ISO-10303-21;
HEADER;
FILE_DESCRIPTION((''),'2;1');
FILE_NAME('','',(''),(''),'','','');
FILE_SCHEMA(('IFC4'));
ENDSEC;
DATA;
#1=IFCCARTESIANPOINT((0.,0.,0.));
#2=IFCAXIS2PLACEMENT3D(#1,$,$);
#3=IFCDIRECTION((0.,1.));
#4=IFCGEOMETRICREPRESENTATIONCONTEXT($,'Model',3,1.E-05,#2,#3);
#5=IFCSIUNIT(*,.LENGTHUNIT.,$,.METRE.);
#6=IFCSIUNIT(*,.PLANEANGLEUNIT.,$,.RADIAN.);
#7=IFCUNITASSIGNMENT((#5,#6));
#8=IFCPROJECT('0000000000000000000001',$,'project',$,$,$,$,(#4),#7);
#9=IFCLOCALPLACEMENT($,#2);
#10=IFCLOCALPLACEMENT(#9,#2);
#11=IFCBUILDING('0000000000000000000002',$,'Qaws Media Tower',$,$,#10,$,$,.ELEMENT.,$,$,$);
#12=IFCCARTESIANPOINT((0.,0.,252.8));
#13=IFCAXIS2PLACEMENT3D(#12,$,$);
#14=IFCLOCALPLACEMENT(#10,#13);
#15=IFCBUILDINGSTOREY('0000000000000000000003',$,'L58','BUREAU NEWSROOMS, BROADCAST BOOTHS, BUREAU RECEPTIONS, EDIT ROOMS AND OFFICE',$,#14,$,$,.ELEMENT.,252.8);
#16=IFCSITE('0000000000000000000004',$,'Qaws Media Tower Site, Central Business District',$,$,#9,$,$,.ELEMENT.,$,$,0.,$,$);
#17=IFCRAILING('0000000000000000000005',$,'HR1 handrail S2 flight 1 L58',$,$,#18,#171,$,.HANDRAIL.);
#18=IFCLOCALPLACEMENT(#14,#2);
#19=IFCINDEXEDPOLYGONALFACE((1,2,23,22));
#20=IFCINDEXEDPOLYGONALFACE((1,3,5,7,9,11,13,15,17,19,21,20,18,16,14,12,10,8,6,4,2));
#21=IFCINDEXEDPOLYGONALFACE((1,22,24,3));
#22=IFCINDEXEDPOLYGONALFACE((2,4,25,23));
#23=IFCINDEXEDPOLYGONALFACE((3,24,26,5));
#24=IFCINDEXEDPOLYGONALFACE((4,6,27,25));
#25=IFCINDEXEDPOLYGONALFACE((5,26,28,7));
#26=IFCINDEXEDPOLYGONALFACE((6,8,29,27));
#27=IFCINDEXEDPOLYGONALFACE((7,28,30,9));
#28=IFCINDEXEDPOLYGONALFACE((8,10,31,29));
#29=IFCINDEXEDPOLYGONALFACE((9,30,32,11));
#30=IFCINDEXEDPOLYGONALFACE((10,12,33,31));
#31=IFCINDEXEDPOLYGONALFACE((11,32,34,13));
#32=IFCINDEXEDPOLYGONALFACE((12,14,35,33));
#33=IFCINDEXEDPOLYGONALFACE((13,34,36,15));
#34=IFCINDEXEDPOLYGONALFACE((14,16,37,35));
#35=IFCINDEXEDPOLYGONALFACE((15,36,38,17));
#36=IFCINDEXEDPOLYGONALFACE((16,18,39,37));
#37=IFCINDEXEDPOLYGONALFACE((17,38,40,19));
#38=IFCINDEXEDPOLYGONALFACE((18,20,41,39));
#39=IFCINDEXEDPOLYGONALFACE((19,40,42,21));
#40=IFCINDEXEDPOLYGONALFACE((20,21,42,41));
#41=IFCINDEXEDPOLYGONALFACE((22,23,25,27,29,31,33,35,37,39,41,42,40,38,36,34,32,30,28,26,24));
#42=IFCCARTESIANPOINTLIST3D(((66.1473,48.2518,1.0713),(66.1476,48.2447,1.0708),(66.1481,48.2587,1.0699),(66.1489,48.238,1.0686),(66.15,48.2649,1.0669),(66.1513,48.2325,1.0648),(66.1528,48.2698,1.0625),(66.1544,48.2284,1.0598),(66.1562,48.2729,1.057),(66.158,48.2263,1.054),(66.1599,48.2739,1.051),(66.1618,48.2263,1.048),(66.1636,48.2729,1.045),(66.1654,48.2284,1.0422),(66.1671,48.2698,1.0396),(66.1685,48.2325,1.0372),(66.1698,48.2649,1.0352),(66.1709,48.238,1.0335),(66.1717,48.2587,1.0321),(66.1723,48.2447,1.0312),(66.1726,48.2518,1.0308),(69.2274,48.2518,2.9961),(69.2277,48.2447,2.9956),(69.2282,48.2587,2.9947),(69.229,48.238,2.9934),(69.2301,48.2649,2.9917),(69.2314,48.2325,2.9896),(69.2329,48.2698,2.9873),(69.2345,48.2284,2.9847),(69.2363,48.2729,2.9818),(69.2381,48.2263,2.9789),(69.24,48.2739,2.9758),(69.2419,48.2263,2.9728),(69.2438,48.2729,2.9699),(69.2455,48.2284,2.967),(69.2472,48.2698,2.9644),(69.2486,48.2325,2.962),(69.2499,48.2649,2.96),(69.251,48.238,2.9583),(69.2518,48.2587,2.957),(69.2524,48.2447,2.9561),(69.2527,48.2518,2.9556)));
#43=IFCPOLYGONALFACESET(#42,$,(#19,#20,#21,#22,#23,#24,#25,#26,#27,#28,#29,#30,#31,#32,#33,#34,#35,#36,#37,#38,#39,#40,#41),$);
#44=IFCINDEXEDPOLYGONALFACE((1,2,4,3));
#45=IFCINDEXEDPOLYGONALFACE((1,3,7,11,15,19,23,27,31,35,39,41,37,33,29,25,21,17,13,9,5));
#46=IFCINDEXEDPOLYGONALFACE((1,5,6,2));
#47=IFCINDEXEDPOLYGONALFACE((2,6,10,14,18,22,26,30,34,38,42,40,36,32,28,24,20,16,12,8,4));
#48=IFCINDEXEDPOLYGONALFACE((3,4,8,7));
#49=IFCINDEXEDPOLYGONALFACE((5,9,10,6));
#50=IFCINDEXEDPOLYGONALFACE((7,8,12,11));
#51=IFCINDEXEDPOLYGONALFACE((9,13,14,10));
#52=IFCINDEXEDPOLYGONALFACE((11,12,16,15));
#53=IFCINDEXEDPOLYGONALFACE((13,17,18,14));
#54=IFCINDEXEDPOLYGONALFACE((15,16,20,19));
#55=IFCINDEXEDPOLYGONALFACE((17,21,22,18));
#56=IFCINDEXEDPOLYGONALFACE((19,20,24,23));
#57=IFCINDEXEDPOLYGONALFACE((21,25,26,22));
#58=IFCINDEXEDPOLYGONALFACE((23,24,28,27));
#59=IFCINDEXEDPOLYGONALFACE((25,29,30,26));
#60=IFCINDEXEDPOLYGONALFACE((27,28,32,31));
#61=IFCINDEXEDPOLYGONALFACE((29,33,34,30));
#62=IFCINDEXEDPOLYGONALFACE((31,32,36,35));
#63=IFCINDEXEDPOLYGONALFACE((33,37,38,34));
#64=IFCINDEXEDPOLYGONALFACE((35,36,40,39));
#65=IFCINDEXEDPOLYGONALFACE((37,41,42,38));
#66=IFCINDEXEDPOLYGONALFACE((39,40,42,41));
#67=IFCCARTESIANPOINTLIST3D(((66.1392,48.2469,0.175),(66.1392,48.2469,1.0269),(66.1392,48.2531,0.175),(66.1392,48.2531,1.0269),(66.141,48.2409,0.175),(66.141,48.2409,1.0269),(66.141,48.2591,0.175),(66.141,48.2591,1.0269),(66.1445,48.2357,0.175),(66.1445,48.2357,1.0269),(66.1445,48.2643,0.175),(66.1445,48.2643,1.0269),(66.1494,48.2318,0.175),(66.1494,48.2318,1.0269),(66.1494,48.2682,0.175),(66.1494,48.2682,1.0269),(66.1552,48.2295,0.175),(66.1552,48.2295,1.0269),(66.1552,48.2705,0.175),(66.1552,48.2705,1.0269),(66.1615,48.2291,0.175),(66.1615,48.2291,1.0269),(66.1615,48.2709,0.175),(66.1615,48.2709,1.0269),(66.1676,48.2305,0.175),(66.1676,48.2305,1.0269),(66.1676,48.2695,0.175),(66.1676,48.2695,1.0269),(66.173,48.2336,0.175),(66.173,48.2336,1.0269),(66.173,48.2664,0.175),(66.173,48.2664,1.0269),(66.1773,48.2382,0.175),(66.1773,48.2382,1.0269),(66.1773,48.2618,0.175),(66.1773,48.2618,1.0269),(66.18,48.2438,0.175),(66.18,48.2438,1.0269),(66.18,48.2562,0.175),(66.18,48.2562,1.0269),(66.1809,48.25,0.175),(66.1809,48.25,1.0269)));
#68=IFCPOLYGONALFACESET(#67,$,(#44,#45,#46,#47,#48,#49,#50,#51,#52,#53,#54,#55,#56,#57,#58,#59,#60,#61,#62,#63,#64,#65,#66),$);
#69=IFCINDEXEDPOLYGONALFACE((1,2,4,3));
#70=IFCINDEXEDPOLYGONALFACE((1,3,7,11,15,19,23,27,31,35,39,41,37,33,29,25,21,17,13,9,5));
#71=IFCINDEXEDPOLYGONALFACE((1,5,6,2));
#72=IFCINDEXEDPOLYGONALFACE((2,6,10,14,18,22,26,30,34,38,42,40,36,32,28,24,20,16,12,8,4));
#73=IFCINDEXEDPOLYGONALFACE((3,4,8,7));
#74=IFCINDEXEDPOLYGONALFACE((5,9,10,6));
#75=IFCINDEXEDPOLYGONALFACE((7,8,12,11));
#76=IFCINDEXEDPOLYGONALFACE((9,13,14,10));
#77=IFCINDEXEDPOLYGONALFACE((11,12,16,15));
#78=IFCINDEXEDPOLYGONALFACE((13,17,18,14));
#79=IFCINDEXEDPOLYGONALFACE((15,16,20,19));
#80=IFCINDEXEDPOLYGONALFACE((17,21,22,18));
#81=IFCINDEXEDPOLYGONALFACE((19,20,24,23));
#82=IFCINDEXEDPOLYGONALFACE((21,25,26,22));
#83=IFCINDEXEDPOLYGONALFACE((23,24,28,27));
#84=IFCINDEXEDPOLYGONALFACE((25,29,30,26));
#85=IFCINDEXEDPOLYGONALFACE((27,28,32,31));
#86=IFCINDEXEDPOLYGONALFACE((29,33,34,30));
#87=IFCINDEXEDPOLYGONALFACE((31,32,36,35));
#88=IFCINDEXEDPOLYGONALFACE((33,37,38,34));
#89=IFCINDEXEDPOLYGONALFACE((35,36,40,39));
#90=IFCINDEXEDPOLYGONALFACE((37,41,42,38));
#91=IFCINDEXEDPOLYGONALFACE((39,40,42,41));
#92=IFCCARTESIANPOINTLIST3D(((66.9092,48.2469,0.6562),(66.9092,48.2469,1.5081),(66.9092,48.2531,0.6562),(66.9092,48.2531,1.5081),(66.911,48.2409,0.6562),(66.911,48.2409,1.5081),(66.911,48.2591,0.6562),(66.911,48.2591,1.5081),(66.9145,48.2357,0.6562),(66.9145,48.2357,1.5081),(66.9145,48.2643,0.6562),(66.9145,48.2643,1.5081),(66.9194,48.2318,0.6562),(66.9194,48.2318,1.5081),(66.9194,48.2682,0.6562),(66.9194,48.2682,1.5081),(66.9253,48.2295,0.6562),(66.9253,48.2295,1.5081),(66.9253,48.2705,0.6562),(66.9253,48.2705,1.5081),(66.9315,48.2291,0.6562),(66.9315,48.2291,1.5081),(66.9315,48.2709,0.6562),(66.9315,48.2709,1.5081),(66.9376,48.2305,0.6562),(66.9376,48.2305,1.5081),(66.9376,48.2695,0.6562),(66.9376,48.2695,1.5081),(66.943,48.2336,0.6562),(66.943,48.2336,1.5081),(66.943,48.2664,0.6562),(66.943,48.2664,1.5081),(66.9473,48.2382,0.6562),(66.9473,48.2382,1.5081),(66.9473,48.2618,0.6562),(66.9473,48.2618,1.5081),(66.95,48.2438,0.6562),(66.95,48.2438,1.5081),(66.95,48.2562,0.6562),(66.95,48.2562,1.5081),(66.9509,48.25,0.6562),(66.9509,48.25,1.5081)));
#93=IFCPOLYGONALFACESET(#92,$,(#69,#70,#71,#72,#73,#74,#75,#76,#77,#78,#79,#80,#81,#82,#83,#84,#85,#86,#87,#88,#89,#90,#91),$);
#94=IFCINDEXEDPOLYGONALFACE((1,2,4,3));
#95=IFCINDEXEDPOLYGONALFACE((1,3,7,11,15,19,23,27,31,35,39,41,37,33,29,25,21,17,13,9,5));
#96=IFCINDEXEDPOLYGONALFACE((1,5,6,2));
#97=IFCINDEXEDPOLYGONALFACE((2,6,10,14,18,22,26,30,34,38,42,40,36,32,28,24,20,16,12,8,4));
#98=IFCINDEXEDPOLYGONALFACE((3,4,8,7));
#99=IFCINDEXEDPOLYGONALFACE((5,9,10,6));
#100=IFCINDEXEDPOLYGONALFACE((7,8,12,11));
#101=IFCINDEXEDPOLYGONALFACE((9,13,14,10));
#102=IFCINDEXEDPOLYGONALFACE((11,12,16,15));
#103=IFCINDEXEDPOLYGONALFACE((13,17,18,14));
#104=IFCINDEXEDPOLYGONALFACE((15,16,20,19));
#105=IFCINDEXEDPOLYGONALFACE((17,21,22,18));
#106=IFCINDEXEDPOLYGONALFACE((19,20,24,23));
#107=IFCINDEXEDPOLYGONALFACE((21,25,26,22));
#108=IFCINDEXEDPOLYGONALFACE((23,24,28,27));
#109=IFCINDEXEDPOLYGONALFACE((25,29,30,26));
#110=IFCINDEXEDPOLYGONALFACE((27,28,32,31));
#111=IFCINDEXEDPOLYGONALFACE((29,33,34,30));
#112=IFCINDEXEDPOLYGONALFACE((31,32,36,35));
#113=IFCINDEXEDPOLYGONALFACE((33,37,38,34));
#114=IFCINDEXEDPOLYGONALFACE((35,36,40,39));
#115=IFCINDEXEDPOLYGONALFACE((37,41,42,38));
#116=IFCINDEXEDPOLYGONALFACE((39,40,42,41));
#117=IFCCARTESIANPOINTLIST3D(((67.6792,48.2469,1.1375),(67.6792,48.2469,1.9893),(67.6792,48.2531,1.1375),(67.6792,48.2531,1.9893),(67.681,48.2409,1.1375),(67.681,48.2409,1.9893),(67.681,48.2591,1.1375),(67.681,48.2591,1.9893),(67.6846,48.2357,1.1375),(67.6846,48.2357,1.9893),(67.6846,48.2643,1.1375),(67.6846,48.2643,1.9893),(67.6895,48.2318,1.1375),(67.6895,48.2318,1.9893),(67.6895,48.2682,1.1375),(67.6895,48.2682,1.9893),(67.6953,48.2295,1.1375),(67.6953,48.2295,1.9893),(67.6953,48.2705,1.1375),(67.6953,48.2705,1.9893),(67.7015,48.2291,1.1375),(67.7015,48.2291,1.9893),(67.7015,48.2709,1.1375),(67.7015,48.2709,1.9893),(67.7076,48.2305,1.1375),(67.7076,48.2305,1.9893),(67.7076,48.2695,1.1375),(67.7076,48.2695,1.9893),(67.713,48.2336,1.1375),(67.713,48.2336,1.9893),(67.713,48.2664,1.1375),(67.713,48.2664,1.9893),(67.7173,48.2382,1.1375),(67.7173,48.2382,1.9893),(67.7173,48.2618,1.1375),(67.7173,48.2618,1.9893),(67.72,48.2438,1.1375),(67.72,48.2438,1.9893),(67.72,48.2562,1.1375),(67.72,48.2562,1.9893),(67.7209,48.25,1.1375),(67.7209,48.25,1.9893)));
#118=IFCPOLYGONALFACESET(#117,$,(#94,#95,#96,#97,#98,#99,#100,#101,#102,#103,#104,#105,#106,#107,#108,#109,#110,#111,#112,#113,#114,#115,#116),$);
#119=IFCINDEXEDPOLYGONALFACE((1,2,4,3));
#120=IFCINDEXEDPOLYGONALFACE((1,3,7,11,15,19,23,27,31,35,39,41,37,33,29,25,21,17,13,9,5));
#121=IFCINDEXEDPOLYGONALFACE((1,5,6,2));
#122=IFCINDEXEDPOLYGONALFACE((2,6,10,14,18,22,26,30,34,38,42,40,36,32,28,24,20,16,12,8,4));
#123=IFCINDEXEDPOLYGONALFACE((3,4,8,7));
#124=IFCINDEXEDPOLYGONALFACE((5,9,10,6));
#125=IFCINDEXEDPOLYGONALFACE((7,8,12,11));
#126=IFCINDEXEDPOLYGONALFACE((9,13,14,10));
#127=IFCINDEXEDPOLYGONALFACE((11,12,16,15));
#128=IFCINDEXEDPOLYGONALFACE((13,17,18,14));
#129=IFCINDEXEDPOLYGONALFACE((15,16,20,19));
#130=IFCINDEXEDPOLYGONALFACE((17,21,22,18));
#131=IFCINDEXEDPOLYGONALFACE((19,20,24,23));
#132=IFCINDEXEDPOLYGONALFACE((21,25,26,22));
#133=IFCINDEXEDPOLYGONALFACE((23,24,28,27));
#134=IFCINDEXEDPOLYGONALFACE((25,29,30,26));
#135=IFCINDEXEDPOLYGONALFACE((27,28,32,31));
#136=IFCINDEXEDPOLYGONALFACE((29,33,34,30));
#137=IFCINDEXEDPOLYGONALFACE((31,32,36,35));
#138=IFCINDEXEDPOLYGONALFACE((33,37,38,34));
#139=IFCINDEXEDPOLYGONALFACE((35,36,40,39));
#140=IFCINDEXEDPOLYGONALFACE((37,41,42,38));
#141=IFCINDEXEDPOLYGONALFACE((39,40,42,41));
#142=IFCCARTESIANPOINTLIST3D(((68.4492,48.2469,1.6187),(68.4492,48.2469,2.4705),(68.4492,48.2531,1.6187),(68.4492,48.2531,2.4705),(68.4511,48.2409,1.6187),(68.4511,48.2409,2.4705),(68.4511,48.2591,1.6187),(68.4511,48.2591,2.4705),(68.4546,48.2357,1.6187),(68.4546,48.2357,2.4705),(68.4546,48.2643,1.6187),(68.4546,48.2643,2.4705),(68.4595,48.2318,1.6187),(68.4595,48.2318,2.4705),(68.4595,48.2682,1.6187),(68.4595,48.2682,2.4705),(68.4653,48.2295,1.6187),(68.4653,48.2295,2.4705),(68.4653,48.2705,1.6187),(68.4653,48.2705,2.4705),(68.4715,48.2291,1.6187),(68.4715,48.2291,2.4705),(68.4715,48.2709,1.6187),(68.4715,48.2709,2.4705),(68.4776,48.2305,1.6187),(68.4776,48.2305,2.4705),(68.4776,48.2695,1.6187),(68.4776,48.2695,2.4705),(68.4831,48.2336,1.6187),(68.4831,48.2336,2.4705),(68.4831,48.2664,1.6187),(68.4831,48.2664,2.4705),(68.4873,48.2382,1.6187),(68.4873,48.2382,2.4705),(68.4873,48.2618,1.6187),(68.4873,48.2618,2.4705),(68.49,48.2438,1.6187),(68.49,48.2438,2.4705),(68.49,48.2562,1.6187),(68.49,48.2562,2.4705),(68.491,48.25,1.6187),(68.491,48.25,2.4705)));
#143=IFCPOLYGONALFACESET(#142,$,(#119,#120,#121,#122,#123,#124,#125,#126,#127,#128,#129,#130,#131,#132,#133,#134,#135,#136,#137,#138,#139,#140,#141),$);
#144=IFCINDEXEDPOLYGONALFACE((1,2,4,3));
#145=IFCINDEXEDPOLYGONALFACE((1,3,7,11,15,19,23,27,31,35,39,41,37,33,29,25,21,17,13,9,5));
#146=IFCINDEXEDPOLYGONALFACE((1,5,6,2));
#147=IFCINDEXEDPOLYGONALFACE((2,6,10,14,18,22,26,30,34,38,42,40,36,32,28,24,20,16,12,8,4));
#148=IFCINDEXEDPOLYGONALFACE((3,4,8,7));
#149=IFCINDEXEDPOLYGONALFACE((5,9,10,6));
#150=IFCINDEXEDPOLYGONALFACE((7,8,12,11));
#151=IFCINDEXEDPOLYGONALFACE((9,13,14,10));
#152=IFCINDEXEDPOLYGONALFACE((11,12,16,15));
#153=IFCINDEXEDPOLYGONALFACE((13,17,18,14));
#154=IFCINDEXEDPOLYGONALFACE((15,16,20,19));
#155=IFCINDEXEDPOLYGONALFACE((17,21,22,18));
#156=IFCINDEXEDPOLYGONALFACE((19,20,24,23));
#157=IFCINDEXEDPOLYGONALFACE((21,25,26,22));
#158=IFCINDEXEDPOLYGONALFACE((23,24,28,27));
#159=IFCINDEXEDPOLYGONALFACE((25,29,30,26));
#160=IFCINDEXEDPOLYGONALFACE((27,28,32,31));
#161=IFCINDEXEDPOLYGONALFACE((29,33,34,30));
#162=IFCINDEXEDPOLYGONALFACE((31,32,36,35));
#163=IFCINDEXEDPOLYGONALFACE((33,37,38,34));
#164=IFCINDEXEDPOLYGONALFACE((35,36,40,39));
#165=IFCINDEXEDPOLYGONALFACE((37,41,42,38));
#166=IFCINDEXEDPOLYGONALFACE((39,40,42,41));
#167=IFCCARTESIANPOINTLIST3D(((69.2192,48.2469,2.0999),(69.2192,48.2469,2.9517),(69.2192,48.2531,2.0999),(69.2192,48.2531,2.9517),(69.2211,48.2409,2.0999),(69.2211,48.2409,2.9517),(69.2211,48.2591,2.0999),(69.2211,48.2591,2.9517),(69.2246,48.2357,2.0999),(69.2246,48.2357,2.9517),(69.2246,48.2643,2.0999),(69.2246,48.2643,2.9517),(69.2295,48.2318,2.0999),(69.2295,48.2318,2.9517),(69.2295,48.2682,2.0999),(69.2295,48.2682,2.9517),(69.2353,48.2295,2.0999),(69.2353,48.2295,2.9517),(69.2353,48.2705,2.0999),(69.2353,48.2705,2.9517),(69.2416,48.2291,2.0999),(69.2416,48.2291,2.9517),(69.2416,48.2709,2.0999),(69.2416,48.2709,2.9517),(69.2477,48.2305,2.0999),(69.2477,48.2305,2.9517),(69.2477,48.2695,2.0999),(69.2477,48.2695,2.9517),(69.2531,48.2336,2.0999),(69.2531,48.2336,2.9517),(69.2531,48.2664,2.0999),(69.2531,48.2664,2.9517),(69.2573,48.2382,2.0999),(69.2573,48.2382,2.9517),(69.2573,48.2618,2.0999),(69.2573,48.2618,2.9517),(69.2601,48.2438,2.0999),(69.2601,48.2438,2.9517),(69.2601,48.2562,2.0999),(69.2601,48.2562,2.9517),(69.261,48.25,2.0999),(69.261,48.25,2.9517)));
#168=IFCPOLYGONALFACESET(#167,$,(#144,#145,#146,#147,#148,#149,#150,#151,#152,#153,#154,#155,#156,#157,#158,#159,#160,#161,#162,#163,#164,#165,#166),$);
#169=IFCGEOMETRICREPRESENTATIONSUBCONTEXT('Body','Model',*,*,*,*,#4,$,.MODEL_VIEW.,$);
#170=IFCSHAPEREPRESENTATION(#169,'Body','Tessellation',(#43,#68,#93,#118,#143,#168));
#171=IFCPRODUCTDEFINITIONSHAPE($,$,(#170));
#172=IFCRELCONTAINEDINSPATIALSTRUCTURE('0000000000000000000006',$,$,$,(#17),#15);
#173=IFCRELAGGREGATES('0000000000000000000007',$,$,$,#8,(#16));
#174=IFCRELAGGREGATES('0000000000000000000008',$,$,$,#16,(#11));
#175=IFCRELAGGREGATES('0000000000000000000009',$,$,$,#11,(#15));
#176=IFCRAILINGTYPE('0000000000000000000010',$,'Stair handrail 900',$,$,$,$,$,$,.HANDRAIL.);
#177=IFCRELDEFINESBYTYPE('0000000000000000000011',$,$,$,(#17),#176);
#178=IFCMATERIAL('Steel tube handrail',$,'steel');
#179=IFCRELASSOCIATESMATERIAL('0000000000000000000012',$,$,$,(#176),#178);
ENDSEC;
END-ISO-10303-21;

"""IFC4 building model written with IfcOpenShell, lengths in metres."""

from ifc_helpers import new_model, si_unit, direction, frame, origin, origin_2d, place, context, subcontext, project, spatial, circle, extrude, material, type_object, element, save


model = new_model("IFC4")

# Units and contexts
model_context = context("Model", 3, precision=1e-05, world=origin(), true_north=direction((0.0, 1.0)))
body_context = subcontext(model_context, "Body", "Model", "MODEL_VIEW")
ifc_project = project(units=[si_unit("LENGTHUNIT", "METRE"), si_unit("PLANEANGLEUNIT", "RADIAN")], contexts=[model_context])

# Site, building, storey
site_placement = place(None, origin())
site = spatial("IfcSite", under=ifc_project, at=site_placement, Name="Qaws Media Tower Site, Central Business District", CompositionType="ELEMENT", RefElevation=0.0)
building_placement = place(site_placement, origin())
building = spatial("IfcBuilding", under=site, at=building_placement, Name="Qaws Media Tower", CompositionType="ELEMENT")
storey_placement = place(building_placement, frame((0.0, 0.0, 252.8)))
storey = spatial("IfcBuildingStorey", under=building, at=storey_placement, Name="L58", Description="BUREAU NEWSROOMS, BROADCAST BOOTHS, BUREAU RECEPTIONS, EDIT ROOMS AND OFFICE", CompositionType="ELEMENT", Elevation=252.8)

# Railing
ifc_material_1 = material(Name="Steel tube handrail", Category="steel")
railing_type = type_object("IfcRailingType", Name="Stair handrail 900", PredefinedType="HANDRAIL", material=ifc_material_1)
railing_placement = place(storey_placement, frame((66.1599, 48.25, 0.175)))
element("IfcRailing", 1, at=railing_placement, inside=storey, type_object=railing_type, Name="HR1 handrail S2 flight 1 L58", PredefinedType="HANDRAIL", context=body_context, shape_type="SweptSolid", body=[
    extrude(circle(Radius=0.0239, at=origin_2d()), frame((0.0, 0.0, 0.876), z_axis=(0.848029, 0.0, 0.529951), x_axis=(0.0, 1.0, 0.0)), (0.0, 0.0, 1.0), 3.6321),
    extrude(circle(Radius=0.021, at=origin_2d()), origin(), (0.0, 0.0, 1.0), 0.8518),
    extrude(circle(Radius=0.021, at=origin_2d()), frame((0.77, 0.0, 0.4812)), (0.0, 0.0, 1.0), 0.8518),
    extrude(circle(Radius=0.021, at=origin_2d()), frame((1.54, 0.0, 0.9624)), (0.0, 0.0, 1.0), 0.8518),
    extrude(circle(Radius=0.021, at=origin_2d()), frame((2.3101, 0.0, 1.4436)), (0.0, 0.0, 1.0), 0.8518),
    extrude(circle(Radius=0.021, at=origin_2d()), frame((3.0801, 0.0, 1.9248)), (0.0, 0.0, 1.0), 0.8518),
])

save(model, "model.ifc")
